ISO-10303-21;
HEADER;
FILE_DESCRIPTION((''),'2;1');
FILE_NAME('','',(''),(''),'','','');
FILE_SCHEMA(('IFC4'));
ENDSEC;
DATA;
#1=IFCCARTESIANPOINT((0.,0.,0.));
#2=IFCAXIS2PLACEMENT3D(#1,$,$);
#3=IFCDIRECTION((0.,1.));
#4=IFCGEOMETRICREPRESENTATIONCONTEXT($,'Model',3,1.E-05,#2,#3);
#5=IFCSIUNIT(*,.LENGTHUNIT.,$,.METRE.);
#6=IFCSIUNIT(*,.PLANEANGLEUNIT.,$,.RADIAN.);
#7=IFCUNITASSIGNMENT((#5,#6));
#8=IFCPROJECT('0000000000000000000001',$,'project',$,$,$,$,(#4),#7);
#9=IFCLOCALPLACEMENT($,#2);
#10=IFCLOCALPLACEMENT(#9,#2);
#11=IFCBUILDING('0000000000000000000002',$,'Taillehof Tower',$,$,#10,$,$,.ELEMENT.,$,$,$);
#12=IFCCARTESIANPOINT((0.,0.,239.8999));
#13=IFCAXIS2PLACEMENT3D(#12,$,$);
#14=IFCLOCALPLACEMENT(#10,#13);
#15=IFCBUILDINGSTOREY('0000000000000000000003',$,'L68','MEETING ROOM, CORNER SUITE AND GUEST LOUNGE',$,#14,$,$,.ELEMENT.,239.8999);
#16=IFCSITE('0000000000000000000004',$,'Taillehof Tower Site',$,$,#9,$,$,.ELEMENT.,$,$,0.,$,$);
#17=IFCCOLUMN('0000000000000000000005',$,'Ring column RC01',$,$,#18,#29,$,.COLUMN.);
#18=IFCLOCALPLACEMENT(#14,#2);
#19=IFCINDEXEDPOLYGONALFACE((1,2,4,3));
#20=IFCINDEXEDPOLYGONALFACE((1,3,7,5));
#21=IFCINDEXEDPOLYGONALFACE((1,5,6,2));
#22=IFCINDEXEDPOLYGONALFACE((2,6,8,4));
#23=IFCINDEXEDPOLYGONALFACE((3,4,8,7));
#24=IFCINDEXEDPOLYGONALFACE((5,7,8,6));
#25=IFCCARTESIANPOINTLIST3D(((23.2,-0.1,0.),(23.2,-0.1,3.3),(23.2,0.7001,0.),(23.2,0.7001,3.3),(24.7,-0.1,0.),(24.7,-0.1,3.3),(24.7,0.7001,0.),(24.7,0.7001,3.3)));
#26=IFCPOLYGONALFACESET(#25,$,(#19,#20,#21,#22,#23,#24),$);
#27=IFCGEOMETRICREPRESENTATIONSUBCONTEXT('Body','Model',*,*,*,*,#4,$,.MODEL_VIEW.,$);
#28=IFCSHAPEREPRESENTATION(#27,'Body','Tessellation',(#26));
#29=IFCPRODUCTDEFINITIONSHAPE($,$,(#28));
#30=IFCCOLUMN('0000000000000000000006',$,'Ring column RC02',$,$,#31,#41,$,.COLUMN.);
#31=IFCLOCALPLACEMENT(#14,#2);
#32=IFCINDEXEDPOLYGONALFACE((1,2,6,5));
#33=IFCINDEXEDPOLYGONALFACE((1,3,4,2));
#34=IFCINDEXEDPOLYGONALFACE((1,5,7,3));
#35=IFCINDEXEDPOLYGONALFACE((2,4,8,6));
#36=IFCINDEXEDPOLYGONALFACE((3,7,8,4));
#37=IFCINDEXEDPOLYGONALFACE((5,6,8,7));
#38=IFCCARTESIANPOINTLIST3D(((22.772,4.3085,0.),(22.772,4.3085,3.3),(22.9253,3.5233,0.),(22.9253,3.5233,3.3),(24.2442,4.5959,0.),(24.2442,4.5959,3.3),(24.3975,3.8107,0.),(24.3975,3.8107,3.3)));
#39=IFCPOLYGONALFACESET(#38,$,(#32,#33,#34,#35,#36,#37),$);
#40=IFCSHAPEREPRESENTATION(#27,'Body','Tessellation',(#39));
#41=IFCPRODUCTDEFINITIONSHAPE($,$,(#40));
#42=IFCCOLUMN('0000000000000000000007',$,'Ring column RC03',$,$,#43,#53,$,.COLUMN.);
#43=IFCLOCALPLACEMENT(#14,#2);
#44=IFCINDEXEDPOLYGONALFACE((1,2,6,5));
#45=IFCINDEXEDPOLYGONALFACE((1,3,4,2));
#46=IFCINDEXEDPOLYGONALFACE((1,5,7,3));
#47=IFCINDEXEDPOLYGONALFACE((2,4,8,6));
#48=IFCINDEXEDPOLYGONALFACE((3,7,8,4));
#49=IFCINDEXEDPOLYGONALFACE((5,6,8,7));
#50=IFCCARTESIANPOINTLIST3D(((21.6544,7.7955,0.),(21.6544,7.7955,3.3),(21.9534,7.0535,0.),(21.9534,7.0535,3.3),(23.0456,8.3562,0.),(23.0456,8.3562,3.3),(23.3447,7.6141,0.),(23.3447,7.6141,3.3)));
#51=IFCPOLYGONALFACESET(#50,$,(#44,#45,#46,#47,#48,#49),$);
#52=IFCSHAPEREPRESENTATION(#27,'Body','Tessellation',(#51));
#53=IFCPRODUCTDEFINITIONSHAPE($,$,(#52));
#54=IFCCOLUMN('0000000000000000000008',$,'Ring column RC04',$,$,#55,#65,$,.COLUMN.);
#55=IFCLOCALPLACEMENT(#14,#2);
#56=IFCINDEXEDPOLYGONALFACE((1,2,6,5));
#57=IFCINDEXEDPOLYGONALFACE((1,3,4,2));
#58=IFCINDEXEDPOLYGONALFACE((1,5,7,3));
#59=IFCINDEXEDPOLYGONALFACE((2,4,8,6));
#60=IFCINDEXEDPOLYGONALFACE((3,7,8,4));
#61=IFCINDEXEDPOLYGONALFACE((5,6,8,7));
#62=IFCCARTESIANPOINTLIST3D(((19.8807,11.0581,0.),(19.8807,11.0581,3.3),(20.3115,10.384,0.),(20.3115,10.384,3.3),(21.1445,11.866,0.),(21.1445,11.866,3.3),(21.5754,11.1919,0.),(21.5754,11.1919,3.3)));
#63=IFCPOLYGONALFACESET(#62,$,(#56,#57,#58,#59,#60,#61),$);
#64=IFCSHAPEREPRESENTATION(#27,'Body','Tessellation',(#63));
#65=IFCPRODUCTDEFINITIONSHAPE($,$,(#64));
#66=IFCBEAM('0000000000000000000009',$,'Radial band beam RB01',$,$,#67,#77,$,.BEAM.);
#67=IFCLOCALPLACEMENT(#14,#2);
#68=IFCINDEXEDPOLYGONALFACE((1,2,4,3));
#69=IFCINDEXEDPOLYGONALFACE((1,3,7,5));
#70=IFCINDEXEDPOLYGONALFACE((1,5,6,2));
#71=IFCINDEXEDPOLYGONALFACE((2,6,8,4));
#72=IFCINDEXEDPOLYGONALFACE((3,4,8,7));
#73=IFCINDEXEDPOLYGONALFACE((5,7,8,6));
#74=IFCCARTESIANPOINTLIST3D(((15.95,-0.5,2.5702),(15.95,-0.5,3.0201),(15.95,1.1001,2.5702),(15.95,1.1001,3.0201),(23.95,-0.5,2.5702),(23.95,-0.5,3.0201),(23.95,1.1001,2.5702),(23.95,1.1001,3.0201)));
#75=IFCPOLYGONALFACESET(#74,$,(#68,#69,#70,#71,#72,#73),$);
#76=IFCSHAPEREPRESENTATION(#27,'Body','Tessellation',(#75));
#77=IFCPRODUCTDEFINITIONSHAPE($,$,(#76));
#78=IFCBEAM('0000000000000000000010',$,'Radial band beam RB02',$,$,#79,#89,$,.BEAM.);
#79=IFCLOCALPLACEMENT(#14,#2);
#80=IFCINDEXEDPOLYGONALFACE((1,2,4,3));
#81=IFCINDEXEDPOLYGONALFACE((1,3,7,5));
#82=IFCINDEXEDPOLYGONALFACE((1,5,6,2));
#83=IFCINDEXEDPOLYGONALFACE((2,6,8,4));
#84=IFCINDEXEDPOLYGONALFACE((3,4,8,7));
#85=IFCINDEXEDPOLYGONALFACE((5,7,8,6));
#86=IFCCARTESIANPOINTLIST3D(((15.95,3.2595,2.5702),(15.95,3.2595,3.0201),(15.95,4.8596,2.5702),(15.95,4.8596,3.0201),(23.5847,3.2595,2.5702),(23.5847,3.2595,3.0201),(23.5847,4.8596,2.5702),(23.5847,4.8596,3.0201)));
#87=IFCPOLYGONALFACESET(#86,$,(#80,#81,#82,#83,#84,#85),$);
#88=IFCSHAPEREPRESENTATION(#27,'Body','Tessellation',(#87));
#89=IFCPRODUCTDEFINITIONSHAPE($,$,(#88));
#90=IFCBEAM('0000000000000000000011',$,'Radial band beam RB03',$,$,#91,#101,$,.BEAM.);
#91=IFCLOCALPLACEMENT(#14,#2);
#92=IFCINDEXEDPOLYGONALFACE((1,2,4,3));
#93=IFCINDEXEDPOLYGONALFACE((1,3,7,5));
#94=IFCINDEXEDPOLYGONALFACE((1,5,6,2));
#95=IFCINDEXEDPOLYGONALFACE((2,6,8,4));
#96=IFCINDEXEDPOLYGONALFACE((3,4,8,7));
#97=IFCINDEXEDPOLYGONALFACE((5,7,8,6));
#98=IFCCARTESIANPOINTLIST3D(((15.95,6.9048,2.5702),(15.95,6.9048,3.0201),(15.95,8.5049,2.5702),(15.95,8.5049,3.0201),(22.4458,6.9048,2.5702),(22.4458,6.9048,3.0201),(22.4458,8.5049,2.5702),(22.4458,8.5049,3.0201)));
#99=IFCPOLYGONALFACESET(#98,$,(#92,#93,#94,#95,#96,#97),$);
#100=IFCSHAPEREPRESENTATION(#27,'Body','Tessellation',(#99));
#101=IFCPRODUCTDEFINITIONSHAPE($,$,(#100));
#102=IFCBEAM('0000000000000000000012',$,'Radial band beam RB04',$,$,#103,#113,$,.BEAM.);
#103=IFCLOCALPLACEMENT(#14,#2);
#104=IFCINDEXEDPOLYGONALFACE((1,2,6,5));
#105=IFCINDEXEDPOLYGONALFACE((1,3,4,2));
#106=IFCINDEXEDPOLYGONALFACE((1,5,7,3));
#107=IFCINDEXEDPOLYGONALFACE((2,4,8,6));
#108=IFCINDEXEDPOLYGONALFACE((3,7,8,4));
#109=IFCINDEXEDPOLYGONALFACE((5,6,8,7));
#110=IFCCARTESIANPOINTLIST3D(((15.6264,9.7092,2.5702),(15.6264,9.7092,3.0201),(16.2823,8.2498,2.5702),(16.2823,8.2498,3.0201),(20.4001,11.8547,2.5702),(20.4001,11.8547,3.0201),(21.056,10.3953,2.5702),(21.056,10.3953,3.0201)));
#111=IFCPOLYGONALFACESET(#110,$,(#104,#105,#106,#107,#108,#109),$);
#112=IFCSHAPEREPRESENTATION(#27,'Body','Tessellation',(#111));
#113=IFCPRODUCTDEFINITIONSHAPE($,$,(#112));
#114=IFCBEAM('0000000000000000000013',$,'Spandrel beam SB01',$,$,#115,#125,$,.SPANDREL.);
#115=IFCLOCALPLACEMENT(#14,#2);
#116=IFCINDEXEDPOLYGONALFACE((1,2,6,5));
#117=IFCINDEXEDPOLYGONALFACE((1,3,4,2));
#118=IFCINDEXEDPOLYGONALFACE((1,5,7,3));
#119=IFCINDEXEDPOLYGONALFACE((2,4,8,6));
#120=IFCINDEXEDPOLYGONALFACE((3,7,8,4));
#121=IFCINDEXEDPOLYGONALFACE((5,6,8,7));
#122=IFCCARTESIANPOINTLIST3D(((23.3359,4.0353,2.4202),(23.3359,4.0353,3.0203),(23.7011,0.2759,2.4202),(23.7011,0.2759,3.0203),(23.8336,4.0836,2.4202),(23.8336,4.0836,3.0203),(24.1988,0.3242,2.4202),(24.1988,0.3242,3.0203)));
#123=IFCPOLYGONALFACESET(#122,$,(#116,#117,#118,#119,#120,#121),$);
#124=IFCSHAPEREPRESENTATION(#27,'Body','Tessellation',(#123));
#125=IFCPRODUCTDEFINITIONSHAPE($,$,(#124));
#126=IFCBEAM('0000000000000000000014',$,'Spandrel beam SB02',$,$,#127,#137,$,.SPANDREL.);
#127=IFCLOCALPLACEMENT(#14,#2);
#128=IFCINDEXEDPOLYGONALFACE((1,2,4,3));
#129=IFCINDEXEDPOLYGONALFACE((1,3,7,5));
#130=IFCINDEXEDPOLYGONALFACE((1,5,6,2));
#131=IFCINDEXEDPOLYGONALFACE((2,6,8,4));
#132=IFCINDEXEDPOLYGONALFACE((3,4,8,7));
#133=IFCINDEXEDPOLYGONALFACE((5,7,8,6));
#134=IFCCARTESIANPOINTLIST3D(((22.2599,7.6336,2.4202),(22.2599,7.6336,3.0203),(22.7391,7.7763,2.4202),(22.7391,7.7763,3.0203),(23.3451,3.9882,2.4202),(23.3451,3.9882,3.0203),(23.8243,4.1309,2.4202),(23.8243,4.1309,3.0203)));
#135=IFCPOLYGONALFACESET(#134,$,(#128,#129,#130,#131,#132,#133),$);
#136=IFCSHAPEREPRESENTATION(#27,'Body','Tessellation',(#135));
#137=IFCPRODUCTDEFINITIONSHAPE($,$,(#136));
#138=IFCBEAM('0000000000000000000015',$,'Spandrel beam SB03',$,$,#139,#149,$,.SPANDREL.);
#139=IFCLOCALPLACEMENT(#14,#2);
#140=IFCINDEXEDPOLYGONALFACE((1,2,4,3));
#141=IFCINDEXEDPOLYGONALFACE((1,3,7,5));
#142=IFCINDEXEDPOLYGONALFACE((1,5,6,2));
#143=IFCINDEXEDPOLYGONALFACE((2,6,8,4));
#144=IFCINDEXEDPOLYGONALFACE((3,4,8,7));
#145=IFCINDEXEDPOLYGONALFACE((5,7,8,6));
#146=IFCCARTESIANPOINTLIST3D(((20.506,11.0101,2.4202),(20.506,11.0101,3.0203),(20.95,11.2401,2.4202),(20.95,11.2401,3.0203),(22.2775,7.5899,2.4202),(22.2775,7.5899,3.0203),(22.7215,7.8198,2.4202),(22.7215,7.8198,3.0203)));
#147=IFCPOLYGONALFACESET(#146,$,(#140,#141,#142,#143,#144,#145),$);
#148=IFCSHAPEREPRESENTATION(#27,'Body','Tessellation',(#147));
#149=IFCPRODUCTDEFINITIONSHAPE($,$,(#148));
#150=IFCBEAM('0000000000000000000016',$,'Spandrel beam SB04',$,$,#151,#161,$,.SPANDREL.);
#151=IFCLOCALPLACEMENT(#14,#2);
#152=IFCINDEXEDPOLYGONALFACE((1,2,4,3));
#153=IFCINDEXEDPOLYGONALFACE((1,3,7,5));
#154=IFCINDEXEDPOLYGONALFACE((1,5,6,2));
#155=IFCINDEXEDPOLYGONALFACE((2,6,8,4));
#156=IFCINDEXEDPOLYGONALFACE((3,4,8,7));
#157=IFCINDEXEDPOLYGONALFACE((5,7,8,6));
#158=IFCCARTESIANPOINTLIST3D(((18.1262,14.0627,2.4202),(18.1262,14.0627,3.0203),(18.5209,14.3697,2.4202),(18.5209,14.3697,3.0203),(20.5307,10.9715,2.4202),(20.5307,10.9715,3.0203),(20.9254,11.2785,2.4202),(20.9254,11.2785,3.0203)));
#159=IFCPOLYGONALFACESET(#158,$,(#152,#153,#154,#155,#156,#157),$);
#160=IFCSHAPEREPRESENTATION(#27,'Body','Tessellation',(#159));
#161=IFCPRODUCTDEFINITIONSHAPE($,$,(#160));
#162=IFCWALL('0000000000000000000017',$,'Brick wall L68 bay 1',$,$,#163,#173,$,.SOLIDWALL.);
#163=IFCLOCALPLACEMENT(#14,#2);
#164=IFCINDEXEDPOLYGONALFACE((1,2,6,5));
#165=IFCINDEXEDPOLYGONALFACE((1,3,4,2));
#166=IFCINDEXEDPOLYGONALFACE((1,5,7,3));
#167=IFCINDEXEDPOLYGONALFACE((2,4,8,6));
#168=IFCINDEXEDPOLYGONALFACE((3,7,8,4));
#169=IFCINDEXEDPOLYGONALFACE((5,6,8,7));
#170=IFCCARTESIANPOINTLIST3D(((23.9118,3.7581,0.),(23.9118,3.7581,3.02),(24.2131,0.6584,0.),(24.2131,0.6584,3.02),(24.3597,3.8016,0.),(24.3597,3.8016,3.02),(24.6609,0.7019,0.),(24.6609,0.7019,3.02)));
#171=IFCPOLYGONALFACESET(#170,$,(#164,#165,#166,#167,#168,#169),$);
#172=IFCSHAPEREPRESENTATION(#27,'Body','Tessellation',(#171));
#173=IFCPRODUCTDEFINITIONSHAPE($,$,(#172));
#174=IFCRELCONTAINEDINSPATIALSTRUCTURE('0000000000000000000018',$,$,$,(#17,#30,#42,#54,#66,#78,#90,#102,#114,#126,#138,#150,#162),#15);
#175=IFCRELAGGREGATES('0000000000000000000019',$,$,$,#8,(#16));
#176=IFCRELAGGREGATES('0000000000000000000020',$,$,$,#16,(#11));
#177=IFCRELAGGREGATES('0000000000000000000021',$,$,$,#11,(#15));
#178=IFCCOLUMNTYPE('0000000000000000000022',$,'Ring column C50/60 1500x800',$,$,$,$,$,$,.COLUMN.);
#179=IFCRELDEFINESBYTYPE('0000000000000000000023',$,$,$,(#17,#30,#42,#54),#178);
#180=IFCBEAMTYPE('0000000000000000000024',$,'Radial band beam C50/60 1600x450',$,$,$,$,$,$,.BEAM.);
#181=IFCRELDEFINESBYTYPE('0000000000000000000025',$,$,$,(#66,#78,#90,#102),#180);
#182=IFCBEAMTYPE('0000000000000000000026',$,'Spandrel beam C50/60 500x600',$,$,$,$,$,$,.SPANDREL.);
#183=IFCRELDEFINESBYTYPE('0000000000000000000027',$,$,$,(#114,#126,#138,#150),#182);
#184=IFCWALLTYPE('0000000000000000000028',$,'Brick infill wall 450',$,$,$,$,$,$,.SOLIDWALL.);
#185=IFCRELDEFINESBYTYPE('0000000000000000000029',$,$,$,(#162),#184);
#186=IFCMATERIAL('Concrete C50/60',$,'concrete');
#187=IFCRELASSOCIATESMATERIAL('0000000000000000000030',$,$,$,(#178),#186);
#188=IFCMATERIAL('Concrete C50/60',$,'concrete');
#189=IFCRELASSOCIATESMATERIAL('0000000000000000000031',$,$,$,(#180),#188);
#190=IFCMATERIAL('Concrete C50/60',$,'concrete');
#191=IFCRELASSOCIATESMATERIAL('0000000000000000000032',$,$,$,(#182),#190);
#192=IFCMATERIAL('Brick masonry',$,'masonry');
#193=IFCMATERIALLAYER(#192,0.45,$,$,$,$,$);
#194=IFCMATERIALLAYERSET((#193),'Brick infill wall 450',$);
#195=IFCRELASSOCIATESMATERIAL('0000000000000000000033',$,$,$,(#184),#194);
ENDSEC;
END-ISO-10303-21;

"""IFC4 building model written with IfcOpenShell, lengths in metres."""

from ifc_helpers import new_model, si_unit, direction, frame, frame_2d, origin, origin_2d, place, context, subcontext, project, spatial, rectangle, extrude, material, layer, layer_set, material_profile, profile_set, type_object, element, save


model = new_model("IFC4")

# Units and contexts
model_context = context("Model", 3, precision=1e-05, world=origin(), true_north=direction((0.0, 1.0)))
body_context = subcontext(model_context, "Body", "Model", "MODEL_VIEW")
ifc_project = project(units=[si_unit("LENGTHUNIT", "METRE"), si_unit("PLANEANGLEUNIT", "RADIAN")], contexts=[model_context])

# Site, building, storey
site_placement = place(None, origin())
site = spatial("IfcSite", under=ifc_project, at=site_placement, Name="Taillehof Tower Site", CompositionType="ELEMENT", RefElevation=0.0)
building_placement = place(site_placement, origin())
building = spatial("IfcBuilding", under=site, at=building_placement, Name="Taillehof Tower", CompositionType="ELEMENT")
storey_placement = place(building_placement, frame((0.0, 0.0, 239.8999)))
storey = spatial("IfcBuildingStorey", under=building, at=storey_placement, Name="L68", Description="MEETING ROOM, CORNER SUITE AND GUEST LOUNGE", CompositionType="ELEMENT", Elevation=239.8999)

# Columns
ifc_material_1 = material(Name="Concrete C50/60", Category="concrete")
ifc_material_profile_1 = material_profile(ifc_material_1, rectangle(XDim=1.5, YDim=0.8, at=origin_2d()), Name="RC 1500x800")
ifc_profile_set_1 = profile_set([ifc_material_profile_1], Name="Concrete C50/60")
column_type = type_object("IfcColumnType", Name="Ring column C50/60 1500x800", PredefinedType="COLUMN", material=ifc_profile_set_1)
for number, where, z_axis, x_axis, name in (
    (1, (23.95, 0.3, 0.0), (0.0, 0.0, 1.0), (1.0, 0.0, 0.0), "Ring column RC01"),
    (2, (23.5847, 4.0596, 0.0), (0.0, 0.0, 1.0), (0.981473, 0.191602, 0.0), "Ring column RC02"),
    (3, (22.4995, 7.7048, 0.0), (0.0, 0.0, 1.0), (0.927525, 0.373762, 0.0), "Ring column RC03"),
    (4, (20.728, 11.125, 0.0), (0.0, 0.0, 1.0), (0.842574, 0.538581, 0.0), "Ring column RC04"),
):
    element("IfcColumn", number, at=place(storey_placement, frame(where, z_axis=z_axis, x_axis=x_axis)), inside=storey, type_object=column_type, Name=name, PredefinedType="COLUMN", context=body_context, shape_type="SweptSolid", body=[
        extrude(rectangle(XDim=1.5, YDim=0.8, at=origin_2d()), origin(), (0.0, 0.0, 1.0), 3.3),
    ])

# Beams
ifc_material_2 = material(Name="Concrete C50/60", Category="concrete")
ifc_material_profile_2 = material_profile(ifc_material_2, rectangle(XDim=1.6001, YDim=0.45, at=origin_2d()), Name="RC 1600x450")
ifc_profile_set_2 = profile_set([ifc_material_profile_2], Name="Concrete C50/60")
beam_type_1 = type_object("IfcBeamType", Name="Radial band beam C50/60 1600x450", PredefinedType="BEAM", material=ifc_profile_set_2)
beam_1_placement = place(storey_placement, frame((23.95, 0.3, 2.7952), z_axis=(-1.0, 0.0, 0.0), x_axis=(0.0, -1.0, 0.0)))
element("IfcBeam", 5, at=beam_1_placement, inside=storey, type_object=beam_type_1, Name="Radial band beam RB01", PredefinedType="BEAM", context=body_context, shape_type="SweptSolid", body=[
    extrude(rectangle(XDim=1.6001, YDim=0.45, at=origin_2d()), origin(), (0.0, 0.0, 1.0), 8.0),
])
beam_2_placement = place(storey_placement, frame((23.5847, 4.0596, 2.7952), z_axis=(-1.0, 0.0, 0.0), x_axis=(0.0, -1.0, 0.0)))
element("IfcBeam", 6, at=beam_2_placement, inside=storey, type_object=beam_type_1, Name="Radial band beam RB02", PredefinedType="BEAM", context=body_context, shape_type="SweptSolid", body=[
    extrude(rectangle(XDim=1.6001, YDim=0.45, at=origin_2d()), origin(), (0.0, 0.0, 1.0), 7.6348),
])
beam_3_placement = place(storey_placement, frame((22.4458, 7.7048, 2.7952), z_axis=(-1.0, 0.0, 0.0), x_axis=(0.0, -1.0, 0.0)))
element("IfcBeam", 7, at=beam_3_placement, inside=storey, type_object=beam_type_1, Name="Radial band beam RB03", PredefinedType="BEAM", context=body_context, shape_type="SweptSolid", body=[
    extrude(rectangle(XDim=1.6001, YDim=0.45, at=origin_2d()), origin(), (0.0, 0.0, 1.0), 6.4958),
])
beam_4_placement = place(storey_placement, frame((20.728, 11.125, 2.7952), z_axis=(-0.912111, -0.409944, 0.0), x_axis=(0.409944, -0.912111, 0.0)))
element("IfcBeam", 8, at=beam_4_placement, inside=storey, type_object=beam_type_1, Name="Radial band beam RB04", PredefinedType="BEAM", context=body_context, shape_type="SweptSolid", body=[
    extrude(rectangle(XDim=1.6001, YDim=0.45, at=origin_2d()), origin(), (0.0, 0.0, 1.0), 5.2336),
])
ifc_material_3 = material(Name="Concrete C50/60", Category="concrete")
ifc_material_profile_3 = material_profile(ifc_material_3, rectangle(XDim=0.5, YDim=0.6001, at=origin_2d()), Name="RC 500x600")
ifc_profile_set_3 = profile_set([ifc_material_profile_3], Name="Concrete C50/60")
beam_type_2 = type_object("IfcBeamType", Name="Spandrel beam C50/60 500x600", PredefinedType="SPANDREL", material=ifc_profile_set_3)
beam_5_placement = place(storey_placement, frame((23.95, 0.3, 2.7202), z_axis=(-0.096694, 0.995314, 0.0), x_axis=(-0.995314, -0.096694, 0.0)))
element("IfcBeam", 9, at=beam_5_placement, inside=storey, type_object=beam_type_2, Name="Spandrel beam SB01", PredefinedType="SPANDREL", context=body_context, shape_type="SweptSolid", body=[
    extrude(rectangle(XDim=0.5, YDim=0.6001, at=origin_2d()), origin(), (0.0, 0.0, 1.0), 3.7771),
])
beam_6_placement = place(storey_placement, frame((23.5847, 4.0596, 2.7202), z_axis=(-0.285327, 0.95843, 0.0), x_axis=(-0.95843, -0.285327, 0.0)))
element("IfcBeam", 10, at=beam_6_placement, inside=storey, type_object=beam_type_2, Name="Spandrel beam SB02", PredefinedType="SPANDREL", context=body_context, shape_type="SweptSolid", body=[
    extrude(rectangle(XDim=0.5, YDim=0.6001, at=origin_2d()), origin(), (0.0, 0.0, 1.0), 3.8035),
])
beam_7_placement = place(storey_placement, frame((22.4995, 7.7048, 2.7202), z_axis=(-0.459921, 0.88796, 0.0), x_axis=(-0.88796, -0.459921, 0.0)))
element("IfcBeam", 11, at=beam_7_placement, inside=storey, type_object=beam_type_2, Name="Spandrel beam SB03", PredefinedType="SPANDREL", context=body_context, shape_type="SweptSolid", body=[
    extrude(rectangle(XDim=0.5, YDim=0.6001, at=origin_2d()), origin(), (0.0, 0.0, 1.0), 3.8518),
])
beam_8_placement = place(storey_placement, frame((20.728, 11.125, 2.7202), z_axis=(-0.613971, 0.789329, 0.0), x_axis=(-0.789329, -0.613971, 0.0)))
element("IfcBeam", 12, at=beam_8_placement, inside=storey, type_object=beam_type_2, Name="Spandrel beam SB04", PredefinedType="SPANDREL", context=body_context, shape_type="SweptSolid", body=[
    extrude(rectangle(XDim=0.5, YDim=0.6001, at=origin_2d()), origin(), (0.0, 0.0, 1.0), 3.9163),
])

# Wall
ifc_material_4 = material(Name="Brick masonry", Category="masonry")
ifc_layer_1 = layer(ifc_material_4, 0.45)
ifc_layer_set_1 = layer_set([ifc_layer_1], Name="Brick infill wall 450")
wall_type_1 = type_object("IfcWallType", Name="Brick infill wall 450", PredefinedType="SOLIDWALL", material=ifc_layer_set_1)
wall_1_placement = place(storey_placement, frame((24.437, 0.6802, 0.0), z_axis=(0.0, 0.0, 1.0), x_axis=(-0.09674, 0.99531, 0.0)))
element("IfcWall", 13, at=wall_1_placement, inside=storey, type_object=wall_type_1, Name="Brick wall L68 bay 1", PredefinedType="SOLIDWALL", context=body_context, shape_type="SweptSolid", body=[
    extrude(rectangle(XDim=3.1143, YDim=0.45, at=frame_2d((1.5571, 0.0))), origin(), (0.0, 0.0, 1.0), 3.02),
])

save(model, "model.ifc")
